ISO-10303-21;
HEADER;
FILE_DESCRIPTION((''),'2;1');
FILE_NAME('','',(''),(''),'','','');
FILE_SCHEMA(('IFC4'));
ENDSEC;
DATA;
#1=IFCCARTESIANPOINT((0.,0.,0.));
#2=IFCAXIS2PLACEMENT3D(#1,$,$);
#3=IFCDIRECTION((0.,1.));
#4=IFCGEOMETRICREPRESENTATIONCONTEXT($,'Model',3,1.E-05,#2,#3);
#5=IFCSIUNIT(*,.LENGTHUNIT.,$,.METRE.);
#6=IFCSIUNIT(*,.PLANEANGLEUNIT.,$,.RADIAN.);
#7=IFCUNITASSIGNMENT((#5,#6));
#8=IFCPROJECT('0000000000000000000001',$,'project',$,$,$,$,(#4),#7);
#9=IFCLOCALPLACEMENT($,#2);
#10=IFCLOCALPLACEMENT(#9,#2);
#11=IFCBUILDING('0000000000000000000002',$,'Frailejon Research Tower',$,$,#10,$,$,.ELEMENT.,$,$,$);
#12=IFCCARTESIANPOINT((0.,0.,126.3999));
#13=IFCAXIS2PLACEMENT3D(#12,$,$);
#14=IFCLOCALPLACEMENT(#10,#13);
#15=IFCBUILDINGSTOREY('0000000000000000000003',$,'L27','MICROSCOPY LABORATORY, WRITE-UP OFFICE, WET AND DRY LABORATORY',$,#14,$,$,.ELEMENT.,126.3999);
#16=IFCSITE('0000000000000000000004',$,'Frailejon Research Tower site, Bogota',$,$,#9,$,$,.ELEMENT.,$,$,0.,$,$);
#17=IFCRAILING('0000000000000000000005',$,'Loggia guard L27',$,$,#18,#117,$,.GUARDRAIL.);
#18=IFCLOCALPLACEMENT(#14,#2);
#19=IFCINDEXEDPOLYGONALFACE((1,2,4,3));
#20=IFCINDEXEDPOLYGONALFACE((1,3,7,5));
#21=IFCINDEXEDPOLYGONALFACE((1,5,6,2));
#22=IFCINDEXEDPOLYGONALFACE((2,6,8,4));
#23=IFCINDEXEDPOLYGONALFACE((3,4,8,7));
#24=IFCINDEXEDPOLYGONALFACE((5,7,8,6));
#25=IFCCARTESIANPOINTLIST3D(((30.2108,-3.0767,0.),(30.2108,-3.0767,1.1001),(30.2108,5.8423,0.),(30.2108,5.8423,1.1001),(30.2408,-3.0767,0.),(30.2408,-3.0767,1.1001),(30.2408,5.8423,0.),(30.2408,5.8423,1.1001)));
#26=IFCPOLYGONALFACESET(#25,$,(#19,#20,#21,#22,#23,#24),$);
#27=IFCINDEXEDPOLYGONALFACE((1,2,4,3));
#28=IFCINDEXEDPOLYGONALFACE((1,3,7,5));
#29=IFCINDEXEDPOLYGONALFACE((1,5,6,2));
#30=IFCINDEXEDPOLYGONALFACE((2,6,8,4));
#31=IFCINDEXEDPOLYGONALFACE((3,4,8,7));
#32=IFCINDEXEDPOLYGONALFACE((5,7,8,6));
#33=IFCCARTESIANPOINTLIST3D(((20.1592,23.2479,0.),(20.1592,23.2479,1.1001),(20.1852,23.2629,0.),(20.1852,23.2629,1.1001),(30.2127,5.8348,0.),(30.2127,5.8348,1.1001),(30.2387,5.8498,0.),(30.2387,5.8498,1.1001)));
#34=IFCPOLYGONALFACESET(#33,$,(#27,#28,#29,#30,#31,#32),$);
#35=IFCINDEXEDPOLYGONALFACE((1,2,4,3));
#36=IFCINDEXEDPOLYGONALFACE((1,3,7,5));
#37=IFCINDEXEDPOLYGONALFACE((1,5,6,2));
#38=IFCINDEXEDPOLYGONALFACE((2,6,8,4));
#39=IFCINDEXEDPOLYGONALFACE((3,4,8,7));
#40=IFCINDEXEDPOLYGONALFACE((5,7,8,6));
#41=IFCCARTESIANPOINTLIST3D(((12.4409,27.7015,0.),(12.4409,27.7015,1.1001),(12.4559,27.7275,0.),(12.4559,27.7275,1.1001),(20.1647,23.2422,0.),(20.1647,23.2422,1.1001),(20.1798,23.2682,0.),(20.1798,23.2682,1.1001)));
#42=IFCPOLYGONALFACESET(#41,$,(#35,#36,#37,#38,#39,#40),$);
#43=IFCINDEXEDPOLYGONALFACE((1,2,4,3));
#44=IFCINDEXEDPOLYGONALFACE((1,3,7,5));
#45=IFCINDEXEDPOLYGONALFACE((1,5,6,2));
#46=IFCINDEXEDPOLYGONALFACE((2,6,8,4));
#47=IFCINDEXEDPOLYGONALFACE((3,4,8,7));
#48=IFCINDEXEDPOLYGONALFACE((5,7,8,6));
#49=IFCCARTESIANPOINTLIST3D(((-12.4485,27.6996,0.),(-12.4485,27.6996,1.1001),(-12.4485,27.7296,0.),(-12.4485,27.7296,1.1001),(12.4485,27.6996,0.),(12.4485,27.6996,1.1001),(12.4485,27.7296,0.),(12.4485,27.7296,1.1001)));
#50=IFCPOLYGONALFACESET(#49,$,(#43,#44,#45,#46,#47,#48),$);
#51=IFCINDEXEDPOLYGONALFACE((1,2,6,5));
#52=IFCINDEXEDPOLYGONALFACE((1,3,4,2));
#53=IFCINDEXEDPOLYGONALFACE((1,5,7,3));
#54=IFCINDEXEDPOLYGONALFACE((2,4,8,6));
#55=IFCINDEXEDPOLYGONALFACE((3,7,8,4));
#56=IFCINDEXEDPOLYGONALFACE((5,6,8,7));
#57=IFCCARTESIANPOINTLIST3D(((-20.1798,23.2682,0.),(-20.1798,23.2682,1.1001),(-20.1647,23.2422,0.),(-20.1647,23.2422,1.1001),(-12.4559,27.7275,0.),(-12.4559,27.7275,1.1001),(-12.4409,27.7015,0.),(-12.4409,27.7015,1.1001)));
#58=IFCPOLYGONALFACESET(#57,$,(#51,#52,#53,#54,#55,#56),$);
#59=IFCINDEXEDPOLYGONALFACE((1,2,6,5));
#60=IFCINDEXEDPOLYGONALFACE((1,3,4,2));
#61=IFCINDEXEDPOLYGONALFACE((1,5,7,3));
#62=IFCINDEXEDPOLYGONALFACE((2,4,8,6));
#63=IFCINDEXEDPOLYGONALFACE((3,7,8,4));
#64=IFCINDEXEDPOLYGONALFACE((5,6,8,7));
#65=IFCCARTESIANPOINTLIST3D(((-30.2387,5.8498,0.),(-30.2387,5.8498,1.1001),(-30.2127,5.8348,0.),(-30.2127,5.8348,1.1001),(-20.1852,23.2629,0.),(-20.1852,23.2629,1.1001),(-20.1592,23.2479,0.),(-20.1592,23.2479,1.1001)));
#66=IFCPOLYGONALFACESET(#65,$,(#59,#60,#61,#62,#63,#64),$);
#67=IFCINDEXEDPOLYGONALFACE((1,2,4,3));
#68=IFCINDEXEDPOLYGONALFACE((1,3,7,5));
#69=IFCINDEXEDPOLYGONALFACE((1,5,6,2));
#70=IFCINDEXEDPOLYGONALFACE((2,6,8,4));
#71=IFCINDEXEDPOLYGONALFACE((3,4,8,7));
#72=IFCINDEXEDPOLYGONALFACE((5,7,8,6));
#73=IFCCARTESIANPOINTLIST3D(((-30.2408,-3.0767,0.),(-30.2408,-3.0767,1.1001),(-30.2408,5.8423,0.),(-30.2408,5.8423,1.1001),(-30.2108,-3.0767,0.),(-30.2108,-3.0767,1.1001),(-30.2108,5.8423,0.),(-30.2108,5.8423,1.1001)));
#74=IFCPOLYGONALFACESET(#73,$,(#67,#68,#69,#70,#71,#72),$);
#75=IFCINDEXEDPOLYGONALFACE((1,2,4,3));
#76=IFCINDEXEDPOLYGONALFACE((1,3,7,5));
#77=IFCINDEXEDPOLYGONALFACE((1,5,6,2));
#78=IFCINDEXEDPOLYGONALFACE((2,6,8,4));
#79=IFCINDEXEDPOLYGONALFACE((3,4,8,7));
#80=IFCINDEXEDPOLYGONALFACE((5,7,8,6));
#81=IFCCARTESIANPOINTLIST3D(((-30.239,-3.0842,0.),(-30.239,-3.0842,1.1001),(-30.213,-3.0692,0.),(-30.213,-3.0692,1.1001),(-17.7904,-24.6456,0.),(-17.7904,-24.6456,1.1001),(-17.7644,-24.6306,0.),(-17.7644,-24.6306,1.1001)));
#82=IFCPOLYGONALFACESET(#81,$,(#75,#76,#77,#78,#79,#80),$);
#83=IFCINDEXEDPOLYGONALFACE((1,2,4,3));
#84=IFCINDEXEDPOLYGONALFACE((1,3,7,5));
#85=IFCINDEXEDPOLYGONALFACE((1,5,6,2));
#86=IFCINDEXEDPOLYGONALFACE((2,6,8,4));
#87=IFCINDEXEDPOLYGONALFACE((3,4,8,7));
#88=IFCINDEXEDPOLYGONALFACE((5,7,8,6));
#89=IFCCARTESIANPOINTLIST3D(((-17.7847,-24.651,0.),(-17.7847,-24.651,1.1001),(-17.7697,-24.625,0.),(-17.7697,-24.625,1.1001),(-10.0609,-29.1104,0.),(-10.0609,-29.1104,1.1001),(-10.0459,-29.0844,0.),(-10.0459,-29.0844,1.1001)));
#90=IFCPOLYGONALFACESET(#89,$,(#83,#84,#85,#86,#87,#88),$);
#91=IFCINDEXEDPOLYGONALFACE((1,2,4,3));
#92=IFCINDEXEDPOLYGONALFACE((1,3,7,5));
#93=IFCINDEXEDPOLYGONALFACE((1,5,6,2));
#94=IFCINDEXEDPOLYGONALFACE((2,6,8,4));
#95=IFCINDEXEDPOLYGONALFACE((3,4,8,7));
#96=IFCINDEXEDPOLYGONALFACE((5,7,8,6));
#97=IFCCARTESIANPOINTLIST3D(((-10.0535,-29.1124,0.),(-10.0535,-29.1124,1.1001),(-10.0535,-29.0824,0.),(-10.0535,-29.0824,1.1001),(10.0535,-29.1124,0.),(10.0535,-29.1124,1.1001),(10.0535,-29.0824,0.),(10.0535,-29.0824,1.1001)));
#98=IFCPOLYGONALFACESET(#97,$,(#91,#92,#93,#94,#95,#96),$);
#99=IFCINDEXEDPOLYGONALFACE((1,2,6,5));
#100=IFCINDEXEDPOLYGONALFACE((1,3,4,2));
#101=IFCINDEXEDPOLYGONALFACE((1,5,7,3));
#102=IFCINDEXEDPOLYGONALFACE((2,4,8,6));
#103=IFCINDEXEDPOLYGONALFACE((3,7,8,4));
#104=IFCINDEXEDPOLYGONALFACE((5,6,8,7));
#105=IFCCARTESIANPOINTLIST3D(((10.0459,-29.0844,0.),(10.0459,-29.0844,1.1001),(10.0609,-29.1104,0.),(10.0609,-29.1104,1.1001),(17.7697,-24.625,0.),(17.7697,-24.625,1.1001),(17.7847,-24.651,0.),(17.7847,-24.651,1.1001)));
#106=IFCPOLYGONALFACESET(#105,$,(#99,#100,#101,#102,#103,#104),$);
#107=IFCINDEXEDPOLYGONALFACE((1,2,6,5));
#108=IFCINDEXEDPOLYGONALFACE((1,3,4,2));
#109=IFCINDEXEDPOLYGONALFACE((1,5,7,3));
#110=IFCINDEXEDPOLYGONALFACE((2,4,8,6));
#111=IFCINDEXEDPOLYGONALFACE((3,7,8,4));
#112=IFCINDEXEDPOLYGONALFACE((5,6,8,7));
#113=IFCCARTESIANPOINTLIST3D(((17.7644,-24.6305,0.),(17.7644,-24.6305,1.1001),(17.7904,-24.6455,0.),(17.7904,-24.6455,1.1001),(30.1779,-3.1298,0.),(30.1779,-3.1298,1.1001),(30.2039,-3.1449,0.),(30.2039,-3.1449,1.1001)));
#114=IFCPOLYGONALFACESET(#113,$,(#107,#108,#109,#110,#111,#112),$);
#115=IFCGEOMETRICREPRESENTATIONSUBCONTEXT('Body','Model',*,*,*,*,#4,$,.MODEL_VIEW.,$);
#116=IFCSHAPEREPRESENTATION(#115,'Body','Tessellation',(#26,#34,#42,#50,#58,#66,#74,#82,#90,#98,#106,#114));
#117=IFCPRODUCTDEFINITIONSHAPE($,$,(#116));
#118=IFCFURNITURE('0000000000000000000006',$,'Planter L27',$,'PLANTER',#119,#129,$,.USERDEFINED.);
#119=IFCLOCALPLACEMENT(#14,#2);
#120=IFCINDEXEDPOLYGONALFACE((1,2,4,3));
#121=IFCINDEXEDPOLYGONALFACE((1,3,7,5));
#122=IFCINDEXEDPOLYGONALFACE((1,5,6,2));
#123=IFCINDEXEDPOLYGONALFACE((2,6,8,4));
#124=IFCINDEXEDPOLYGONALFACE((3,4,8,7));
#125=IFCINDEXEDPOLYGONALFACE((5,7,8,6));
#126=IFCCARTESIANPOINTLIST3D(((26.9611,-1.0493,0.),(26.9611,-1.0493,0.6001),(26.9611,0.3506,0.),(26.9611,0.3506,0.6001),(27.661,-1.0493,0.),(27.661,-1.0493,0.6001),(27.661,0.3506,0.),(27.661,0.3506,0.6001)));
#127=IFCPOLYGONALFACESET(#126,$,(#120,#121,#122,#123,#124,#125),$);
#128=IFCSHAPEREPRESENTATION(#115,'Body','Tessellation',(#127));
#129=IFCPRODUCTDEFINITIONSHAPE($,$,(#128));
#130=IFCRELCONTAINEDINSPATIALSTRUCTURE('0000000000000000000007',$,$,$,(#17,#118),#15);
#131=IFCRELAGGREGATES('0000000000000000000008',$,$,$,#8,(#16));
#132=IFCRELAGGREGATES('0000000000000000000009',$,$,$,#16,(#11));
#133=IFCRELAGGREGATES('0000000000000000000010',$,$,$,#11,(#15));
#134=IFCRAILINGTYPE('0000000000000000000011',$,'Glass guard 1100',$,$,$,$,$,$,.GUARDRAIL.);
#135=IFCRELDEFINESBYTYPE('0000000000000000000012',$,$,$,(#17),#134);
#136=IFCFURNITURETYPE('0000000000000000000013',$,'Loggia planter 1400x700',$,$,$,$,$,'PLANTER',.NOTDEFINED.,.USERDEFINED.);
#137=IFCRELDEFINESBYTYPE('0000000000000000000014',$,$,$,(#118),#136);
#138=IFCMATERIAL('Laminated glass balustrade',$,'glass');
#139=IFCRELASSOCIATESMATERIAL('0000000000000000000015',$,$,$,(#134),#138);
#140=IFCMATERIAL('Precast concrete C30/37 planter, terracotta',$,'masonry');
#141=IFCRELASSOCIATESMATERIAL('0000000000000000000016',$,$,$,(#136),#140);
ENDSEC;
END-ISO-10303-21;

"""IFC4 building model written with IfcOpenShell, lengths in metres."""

from ifc_helpers import new_model, si_unit, direction, frame, origin, origin_2d, place, context, subcontext, project, spatial, rectangle, extrude, material, type_object, element, save


model = new_model("IFC4")

# Units and contexts
model_context = context("Model", 3, precision=1e-05, world=origin(), true_north=direction((0.0, 1.0)))
body_context = subcontext(model_context, "Body", "Model", "MODEL_VIEW")
ifc_project = project(units=[si_unit("LENGTHUNIT", "METRE"), si_unit("PLANEANGLEUNIT", "RADIAN")], contexts=[model_context])

# Site, building, storey
site_placement = place(None, origin())
site = spatial("IfcSite", under=ifc_project, at=site_placement, Name="Frailejon Research Tower site, Bogota", CompositionType="ELEMENT", RefElevation=0.0)
building_placement = place(site_placement, origin())
building = spatial("IfcBuilding", under=site, at=building_placement, Name="Frailejon Research Tower", CompositionType="ELEMENT")
storey_placement = place(building_placement, frame((0.0, 0.0, 126.3999)))
storey = spatial("IfcBuildingStorey", under=building, at=storey_placement, Name="L27", Description="MICROSCOPY LABORATORY, WRITE-UP OFFICE, WET AND DRY LABORATORY", CompositionType="ELEMENT", Elevation=126.3999)

# Railing
ifc_material_1 = material(Name="Laminated glass balustrade", Category="glass")
railing_type = type_object("IfcRailingType", Name="Glass guard 1100", PredefinedType="GUARDRAIL", material=ifc_material_1)
railing_placement = place(storey_placement, frame((30.2258, -3.0767, 0.0)))
element("IfcRailing", 1, at=railing_placement, inside=storey, type_object=railing_type, Name="Loggia guard L27", PredefinedType="GUARDRAIL", context=body_context, shape_type="SweptSolid", body=[
    extrude(rectangle(XDim=8.9189, YDim=0.03, at=origin_2d()), frame((0.0, 4.4595, 0.0), z_axis=(0.0, 0.0, 1.0), x_axis=(0.0, 1.0, 0.0)), (0.0, 0.0, 1.0), 1.1001),
    extrude(rectangle(XDim=20.1069, YDim=0.03, at=origin_2d()), frame((-5.0269, 17.6255, 0.0), z_axis=(0.0, 0.0, 1.0), x_axis=(-0.500001, 0.866025, 0.0)), (0.0, 0.0, 1.0), 1.1001),
    extrude(rectangle(XDim=8.9187, YDim=0.03, at=origin_2d()), frame((-13.9155, 28.5615, 0.0), z_axis=(0.0, 0.0, 1.0), x_axis=(-0.866033, 0.499987, 0.0)), (0.0, 0.0, 1.0), 1.1001),
    extrude(rectangle(XDim=24.897, YDim=0.03, at=origin_2d()), frame((-30.2258, 30.7913, 0.0), z_axis=(0.0, 0.0, 1.0), x_axis=(-1.0, 0.0, 0.0)), (0.0, 0.0, 1.0), 1.1001),
    extrude(rectangle(XDim=8.9187, YDim=0.03, at=origin_2d()), frame((-46.5361, 28.5615, 0.0), z_axis=(0.0, 0.0, 1.0), x_axis=(-0.866033, -0.499987, 0.0)), (0.0, 0.0, 1.0), 1.1001),
    extrude(rectangle(XDim=20.1069, YDim=0.03, at=origin_2d()), frame((-55.4248, 17.6255, 0.0), z_axis=(0.0, 0.0, 1.0), x_axis=(-0.500001, -0.866025, 0.0)), (0.0, 0.0, 1.0), 1.1001),
    extrude(rectangle(XDim=8.9189, YDim=0.03, at=origin_2d()), frame((-60.4517, 4.4595, 0.0), z_axis=(0.0, 0.0, 1.0), x_axis=(0.0, -1.0, 0.0)), (0.0, 0.0, 1.0), 1.1001),
    extrude(rectangle(XDim=24.897, YDim=0.03, at=origin_2d()), frame((-54.2275, -10.7808, 0.0), z_axis=(0.0, 0.0, 1.0), x_axis=(0.500002, -0.866024, 0.0)), (0.0, 0.0, 1.0), 1.1001),
    extrude(rectangle(XDim=8.9187, YDim=0.03, at=origin_2d()), frame((-44.1411, -23.791, 0.0), z_axis=(0.0, 0.0, 1.0), x_axis=(0.866021, -0.500008, 0.0)), (0.0, 0.0, 1.0), 1.1001),
    extrude(rectangle(XDim=20.1069, YDim=0.03, at=origin_2d()), frame((-30.2258, -26.0208, 0.0), z_axis=(0.0, 0.0, 1.0), x_axis=(1.0, 0.0, 0.0)), (0.0, 0.0, 1.0), 1.1001),
    extrude(rectangle(XDim=8.9187, YDim=0.03, at=origin_2d()), frame((-16.3105, -23.791, 0.0), z_axis=(0.0, 0.0, 1.0), x_axis=(0.866021, 0.500008, 0.0)), (0.0, 0.0, 1.0), 1.1001),
    extrude(rectangle(XDim=24.8269, YDim=0.03, at=origin_2d()), frame((-6.2417, -10.811, 0.0), z_axis=(0.0, 0.0, 1.0), x_axis=(0.500004, 0.866023, 0.0)), (0.0, 0.0, 1.0), 1.1001),
])

# Furniture
ifc_material_2 = material(Name="Precast concrete C30/37 planter, terracotta", Category="masonry")
furniture_type = type_object("IfcFurnitureType", Name="Loggia planter 1400x700", ElementType="PLANTER", AssemblyPlace="NOTDEFINED", PredefinedType="USERDEFINED", material=ifc_material_2)
furniture_placement = place(storey_placement, frame((27.311, -0.3494, 0.0), z_axis=(0.0, 0.0, 1.0), x_axis=(0.0, 1.0, 0.0)))
element("IfcFurniture", 2, at=furniture_placement, inside=storey, type_object=furniture_type, Name="Planter L27", ObjectType="PLANTER", PredefinedType="USERDEFINED", context=body_context, shape_type="SweptSolid", body=[
    extrude(rectangle(XDim=1.3999, YDim=0.7, at=origin_2d()), origin(), (0.0, 0.0, 1.0), 0.6001),
])

save(model, "model.ifc")
